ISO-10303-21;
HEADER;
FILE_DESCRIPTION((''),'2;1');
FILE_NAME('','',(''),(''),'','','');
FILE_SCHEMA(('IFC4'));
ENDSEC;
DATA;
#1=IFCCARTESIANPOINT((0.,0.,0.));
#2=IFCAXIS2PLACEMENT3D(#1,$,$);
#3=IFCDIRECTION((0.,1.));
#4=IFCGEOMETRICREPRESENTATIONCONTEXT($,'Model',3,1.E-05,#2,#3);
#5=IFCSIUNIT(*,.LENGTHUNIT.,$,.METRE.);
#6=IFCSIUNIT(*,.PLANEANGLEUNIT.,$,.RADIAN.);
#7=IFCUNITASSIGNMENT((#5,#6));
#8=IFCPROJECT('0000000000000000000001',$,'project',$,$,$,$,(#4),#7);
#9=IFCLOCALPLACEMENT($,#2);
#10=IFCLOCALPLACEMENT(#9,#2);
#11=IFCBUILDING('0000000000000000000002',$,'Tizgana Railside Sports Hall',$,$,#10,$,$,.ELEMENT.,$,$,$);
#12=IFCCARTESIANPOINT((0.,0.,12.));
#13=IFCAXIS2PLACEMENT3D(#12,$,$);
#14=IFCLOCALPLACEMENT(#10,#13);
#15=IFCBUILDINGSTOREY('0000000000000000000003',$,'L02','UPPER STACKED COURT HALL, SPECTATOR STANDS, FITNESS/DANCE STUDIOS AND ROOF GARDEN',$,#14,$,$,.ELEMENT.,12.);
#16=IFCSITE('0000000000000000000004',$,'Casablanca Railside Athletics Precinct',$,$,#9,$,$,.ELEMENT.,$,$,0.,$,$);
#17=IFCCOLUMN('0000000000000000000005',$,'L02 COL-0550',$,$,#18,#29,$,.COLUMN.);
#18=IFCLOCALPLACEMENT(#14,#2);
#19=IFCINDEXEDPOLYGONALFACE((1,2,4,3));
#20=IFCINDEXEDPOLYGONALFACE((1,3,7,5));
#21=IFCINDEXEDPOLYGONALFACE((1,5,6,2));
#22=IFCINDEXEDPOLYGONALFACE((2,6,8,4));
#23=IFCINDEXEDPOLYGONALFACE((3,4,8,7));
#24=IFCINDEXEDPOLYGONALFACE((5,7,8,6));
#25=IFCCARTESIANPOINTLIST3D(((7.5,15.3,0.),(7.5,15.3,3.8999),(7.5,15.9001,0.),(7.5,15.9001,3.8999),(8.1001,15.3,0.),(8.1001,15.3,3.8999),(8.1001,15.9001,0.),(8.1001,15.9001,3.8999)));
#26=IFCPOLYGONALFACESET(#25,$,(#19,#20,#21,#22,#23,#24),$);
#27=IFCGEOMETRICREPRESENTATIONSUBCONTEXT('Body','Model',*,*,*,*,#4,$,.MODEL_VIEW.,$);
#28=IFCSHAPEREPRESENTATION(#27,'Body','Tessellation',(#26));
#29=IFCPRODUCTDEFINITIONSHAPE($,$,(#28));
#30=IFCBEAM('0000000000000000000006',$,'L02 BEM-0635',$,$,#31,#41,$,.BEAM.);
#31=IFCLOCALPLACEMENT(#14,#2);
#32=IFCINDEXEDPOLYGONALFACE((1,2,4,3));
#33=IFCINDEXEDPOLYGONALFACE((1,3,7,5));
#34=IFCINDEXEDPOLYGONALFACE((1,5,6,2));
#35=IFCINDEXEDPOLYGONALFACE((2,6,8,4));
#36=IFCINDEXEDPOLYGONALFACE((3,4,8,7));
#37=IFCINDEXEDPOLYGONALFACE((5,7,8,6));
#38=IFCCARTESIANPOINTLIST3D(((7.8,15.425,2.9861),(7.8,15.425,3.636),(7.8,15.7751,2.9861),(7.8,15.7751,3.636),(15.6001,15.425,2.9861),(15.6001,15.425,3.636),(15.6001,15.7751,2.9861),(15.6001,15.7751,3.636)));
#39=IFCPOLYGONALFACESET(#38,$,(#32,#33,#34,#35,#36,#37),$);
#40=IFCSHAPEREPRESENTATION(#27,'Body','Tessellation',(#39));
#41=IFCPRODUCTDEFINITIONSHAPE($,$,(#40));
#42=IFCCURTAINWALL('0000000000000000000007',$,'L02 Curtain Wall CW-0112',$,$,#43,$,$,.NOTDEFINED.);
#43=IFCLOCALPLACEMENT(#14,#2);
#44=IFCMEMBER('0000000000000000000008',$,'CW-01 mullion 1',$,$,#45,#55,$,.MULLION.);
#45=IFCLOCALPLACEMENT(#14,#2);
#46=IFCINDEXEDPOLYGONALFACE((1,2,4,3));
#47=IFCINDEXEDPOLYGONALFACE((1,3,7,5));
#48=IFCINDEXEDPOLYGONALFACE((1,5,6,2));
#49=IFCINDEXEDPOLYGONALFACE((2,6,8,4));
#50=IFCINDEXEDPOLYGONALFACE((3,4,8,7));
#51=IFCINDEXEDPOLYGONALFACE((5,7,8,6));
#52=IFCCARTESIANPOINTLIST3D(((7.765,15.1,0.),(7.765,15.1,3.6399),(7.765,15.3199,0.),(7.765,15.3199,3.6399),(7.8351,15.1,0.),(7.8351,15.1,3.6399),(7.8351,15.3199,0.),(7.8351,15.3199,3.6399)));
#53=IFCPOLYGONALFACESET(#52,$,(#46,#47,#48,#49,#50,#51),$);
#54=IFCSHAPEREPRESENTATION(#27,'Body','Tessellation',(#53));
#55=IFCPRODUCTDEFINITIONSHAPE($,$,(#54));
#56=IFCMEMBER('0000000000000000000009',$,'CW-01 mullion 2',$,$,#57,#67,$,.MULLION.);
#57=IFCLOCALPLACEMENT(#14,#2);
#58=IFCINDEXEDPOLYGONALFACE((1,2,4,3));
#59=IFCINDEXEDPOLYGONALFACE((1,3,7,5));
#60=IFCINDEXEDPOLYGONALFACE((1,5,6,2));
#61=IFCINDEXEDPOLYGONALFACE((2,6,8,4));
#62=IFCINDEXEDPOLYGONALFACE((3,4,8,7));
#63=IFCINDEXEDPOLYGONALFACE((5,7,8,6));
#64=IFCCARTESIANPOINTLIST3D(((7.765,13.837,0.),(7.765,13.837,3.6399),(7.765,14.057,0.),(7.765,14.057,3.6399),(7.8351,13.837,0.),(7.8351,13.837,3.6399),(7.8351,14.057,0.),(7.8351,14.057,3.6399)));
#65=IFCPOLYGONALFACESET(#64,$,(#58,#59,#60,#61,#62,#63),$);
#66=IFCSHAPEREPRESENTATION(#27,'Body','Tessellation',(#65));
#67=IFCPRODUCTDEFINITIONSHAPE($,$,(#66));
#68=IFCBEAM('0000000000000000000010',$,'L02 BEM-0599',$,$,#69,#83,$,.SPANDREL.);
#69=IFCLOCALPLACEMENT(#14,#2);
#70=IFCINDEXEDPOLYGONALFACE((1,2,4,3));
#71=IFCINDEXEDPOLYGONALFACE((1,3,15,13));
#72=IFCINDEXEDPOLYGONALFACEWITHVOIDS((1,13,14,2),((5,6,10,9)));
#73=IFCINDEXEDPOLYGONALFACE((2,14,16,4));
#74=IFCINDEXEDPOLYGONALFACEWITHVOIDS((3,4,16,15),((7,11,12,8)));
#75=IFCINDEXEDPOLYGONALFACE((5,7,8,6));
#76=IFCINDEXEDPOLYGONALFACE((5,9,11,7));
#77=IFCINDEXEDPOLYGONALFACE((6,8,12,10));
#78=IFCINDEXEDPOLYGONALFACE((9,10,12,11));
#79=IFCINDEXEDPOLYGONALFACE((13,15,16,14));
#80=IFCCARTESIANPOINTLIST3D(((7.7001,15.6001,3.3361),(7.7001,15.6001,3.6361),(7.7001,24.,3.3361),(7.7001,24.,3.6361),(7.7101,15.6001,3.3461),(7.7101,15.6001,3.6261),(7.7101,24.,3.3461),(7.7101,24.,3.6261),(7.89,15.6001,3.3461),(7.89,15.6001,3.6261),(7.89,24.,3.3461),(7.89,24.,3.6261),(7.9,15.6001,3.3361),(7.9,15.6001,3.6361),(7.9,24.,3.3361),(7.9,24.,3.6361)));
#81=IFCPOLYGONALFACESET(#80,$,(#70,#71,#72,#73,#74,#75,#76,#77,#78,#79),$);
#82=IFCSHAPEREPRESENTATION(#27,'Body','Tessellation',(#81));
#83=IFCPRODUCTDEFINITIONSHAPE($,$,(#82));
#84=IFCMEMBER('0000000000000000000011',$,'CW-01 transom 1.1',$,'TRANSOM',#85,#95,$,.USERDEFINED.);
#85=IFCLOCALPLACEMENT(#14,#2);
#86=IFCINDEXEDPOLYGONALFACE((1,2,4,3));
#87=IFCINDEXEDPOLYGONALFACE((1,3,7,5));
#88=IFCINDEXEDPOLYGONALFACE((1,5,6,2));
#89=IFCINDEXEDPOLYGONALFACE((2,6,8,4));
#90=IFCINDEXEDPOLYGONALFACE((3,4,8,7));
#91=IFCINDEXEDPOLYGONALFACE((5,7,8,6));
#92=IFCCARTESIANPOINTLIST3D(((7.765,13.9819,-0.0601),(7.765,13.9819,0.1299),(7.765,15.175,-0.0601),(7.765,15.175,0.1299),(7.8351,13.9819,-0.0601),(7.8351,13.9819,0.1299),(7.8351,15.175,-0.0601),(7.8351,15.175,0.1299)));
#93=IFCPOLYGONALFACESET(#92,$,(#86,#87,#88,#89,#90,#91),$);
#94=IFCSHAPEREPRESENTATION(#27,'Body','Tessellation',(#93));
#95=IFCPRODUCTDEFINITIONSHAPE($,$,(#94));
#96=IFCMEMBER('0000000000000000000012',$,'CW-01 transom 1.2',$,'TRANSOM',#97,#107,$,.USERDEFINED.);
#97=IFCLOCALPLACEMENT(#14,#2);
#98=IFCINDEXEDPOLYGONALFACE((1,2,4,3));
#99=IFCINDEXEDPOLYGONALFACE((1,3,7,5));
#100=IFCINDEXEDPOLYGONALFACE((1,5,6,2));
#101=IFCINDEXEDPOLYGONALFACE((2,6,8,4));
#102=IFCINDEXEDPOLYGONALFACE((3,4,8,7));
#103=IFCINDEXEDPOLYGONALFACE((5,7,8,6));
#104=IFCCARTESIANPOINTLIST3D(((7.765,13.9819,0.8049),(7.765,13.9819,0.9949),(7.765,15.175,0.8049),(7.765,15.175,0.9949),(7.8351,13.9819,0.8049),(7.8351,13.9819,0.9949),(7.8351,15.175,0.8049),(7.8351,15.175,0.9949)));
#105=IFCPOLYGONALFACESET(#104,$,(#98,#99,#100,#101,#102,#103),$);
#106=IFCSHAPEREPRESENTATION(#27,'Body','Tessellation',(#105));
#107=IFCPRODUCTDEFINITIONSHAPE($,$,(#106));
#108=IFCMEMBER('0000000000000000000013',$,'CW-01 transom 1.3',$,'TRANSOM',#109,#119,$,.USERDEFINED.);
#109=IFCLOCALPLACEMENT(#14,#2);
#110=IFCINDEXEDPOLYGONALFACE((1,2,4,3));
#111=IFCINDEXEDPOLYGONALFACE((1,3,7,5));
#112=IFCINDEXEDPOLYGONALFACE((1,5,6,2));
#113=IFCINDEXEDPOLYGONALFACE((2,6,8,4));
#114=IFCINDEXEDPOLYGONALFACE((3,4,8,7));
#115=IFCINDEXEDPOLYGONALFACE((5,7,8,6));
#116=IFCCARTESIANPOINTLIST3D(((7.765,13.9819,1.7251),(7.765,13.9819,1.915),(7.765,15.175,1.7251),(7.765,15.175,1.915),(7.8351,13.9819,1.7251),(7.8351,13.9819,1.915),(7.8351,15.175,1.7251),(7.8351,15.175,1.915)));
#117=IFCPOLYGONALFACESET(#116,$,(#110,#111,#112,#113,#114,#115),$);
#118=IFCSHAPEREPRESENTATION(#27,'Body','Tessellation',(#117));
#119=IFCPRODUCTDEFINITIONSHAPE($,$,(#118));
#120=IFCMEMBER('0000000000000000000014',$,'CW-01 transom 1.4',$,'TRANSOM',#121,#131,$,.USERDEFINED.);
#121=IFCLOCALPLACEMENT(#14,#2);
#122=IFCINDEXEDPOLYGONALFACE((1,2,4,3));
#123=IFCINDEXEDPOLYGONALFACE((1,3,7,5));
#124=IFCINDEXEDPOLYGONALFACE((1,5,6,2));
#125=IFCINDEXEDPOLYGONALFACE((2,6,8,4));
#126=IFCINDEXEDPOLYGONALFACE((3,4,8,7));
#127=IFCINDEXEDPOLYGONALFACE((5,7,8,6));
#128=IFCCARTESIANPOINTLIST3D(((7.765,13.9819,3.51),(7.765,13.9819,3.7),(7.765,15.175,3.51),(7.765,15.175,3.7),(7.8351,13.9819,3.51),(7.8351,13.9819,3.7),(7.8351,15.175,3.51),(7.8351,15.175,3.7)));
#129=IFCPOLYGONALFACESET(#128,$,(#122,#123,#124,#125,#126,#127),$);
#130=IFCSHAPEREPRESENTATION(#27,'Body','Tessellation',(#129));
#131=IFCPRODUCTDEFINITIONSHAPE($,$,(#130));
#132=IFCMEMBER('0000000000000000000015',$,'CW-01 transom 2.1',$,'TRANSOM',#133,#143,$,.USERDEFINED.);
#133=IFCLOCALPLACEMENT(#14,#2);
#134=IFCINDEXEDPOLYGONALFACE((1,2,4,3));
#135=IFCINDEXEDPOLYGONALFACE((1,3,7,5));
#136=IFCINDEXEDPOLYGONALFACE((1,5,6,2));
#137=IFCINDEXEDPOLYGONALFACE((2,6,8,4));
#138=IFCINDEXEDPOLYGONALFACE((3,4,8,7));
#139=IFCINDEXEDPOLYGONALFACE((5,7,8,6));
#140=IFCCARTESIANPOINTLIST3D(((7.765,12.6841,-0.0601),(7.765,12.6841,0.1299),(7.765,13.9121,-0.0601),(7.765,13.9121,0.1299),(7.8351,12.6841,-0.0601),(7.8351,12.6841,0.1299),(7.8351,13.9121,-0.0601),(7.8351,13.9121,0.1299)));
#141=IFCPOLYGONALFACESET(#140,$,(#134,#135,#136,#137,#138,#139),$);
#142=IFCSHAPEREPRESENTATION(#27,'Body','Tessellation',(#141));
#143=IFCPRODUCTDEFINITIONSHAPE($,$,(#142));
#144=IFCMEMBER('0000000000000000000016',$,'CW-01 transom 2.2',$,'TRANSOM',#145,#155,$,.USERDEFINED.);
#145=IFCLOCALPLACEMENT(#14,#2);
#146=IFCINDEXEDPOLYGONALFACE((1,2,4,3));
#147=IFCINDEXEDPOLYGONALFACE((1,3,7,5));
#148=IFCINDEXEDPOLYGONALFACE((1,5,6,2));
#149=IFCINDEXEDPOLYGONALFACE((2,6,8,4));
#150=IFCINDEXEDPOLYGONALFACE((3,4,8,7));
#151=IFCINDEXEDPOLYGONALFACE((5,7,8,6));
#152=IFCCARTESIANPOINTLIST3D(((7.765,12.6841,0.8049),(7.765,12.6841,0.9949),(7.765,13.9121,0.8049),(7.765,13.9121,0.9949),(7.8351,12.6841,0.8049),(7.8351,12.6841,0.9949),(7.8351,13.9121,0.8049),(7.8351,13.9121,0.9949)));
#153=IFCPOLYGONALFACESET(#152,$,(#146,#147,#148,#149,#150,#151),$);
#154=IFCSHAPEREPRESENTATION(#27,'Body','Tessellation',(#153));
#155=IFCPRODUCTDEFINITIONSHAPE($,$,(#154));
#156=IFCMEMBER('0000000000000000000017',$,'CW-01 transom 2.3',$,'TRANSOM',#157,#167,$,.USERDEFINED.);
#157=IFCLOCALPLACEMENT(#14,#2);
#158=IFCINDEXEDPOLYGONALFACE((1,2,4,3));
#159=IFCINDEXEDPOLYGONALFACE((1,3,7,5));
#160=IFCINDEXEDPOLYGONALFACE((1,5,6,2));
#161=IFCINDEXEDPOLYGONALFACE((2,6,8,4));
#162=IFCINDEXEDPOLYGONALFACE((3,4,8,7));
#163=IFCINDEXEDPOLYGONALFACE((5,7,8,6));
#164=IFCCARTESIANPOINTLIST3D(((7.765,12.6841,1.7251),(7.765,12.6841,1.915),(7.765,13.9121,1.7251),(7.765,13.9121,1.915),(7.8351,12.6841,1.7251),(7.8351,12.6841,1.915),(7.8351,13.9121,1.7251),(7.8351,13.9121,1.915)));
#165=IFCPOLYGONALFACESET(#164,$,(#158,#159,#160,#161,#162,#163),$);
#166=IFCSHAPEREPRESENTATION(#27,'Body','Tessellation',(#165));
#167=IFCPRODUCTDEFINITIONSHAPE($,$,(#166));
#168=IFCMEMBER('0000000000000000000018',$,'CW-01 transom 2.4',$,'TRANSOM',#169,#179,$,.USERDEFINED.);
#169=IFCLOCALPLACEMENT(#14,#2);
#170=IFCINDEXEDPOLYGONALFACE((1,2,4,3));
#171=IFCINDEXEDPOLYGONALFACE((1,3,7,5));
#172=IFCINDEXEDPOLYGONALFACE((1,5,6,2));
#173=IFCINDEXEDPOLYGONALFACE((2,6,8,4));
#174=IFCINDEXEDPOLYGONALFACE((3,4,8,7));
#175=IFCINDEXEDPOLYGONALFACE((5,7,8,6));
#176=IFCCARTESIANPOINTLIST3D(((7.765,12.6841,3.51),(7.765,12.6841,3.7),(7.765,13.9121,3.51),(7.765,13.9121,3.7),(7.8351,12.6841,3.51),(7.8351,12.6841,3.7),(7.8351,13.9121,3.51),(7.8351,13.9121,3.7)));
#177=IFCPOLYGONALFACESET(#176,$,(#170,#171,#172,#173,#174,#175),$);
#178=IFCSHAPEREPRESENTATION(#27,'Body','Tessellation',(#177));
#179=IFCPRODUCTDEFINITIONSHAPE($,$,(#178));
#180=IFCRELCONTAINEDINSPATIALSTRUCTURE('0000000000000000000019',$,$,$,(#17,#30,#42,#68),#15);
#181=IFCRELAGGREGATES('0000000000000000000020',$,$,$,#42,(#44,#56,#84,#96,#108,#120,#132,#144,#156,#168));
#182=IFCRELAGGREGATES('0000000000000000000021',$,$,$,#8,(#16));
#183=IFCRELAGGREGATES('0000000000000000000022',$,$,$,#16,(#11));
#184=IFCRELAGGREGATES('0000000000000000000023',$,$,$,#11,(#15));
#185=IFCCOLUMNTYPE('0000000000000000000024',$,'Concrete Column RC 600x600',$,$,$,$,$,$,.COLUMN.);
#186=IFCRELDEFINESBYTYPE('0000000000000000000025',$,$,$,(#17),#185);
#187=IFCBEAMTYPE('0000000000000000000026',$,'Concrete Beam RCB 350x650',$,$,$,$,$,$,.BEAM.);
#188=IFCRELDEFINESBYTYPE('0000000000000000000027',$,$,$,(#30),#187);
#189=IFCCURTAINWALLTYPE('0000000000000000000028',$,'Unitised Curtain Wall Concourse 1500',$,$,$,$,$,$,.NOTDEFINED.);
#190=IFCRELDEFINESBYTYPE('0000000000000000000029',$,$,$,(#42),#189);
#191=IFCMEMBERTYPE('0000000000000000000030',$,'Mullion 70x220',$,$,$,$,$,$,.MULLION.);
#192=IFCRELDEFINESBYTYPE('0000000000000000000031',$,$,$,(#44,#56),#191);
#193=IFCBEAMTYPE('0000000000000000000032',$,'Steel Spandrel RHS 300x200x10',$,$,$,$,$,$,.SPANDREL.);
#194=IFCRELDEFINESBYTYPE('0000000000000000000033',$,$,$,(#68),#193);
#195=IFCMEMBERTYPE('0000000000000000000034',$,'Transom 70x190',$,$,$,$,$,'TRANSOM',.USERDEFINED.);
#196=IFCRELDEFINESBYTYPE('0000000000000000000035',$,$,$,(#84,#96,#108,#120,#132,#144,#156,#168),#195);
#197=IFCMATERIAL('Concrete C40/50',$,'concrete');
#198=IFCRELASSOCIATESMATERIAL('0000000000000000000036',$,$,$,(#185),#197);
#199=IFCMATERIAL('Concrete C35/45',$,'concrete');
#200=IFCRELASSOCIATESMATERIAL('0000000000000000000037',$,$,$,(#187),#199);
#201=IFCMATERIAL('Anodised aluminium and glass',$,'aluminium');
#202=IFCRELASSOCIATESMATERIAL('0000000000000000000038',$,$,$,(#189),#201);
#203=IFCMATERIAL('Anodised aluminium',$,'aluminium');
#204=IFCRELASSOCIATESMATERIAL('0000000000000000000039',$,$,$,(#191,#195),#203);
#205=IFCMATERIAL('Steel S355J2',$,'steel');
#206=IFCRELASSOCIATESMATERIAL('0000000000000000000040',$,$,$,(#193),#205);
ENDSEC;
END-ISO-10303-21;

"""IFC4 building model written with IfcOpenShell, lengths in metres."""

from ifc_helpers import new_model, si_unit, direction, frame, origin, origin_2d, place, context, subcontext, project, spatial, rectangle, hollow_rectangle, extrude, material, material_profile, profile_set, type_object, element, aggregate, save


model = new_model("IFC4")

# Units and contexts
model_context = context("Model", 3, precision=1e-05, world=origin(), true_north=direction((0.0, 1.0)))
body_context = subcontext(model_context, "Body", "Model", "MODEL_VIEW")
ifc_project = project(units=[si_unit("LENGTHUNIT", "METRE"), si_unit("PLANEANGLEUNIT", "RADIAN")], contexts=[model_context])

# Site, building, storey
site_placement = place(None, origin())
site = spatial("IfcSite", under=ifc_project, at=site_placement, Name="Casablanca Railside Athletics Precinct", CompositionType="ELEMENT", RefElevation=0.0)
building_placement = place(site_placement, origin())
building = spatial("IfcBuilding", under=site, at=building_placement, Name="Tizgana Railside Sports Hall", CompositionType="ELEMENT")
storey_placement = place(building_placement, frame((0.0, 0.0, 12.0)))
storey = spatial("IfcBuildingStorey", under=building, at=storey_placement, Name="L02", Description="UPPER STACKED COURT HALL, SPECTATOR STANDS, FITNESS/DANCE STUDIOS AND ROOF GARDEN", CompositionType="ELEMENT", Elevation=12.0)

# Column
ifc_material_1 = material(Name="Concrete C40/50", Category="concrete")
ifc_material_profile_1 = material_profile(ifc_material_1, rectangle(XDim=0.6001, YDim=0.6001, at=origin_2d()), Name="RC 600x600")
ifc_profile_set_1 = profile_set([ifc_material_profile_1], Name="Concrete C40/50")
column_type = type_object("IfcColumnType", Name="Concrete Column RC 600x600", PredefinedType="COLUMN", material=ifc_profile_set_1)
column_placement = place(storey_placement, frame((7.8, 15.6001, 0.0), z_axis=(0.0, 0.0, 1.0), x_axis=(1.0, 0.0, 0.0)))
element("IfcColumn", 1, at=column_placement, inside=storey, type_object=column_type, Name="L02 COL-0550", PredefinedType="COLUMN", context=body_context, shape_type="SweptSolid", body=[
    extrude(rectangle(XDim=0.6001, YDim=0.6001, at=origin_2d()), origin(), (0.0, 0.0, 1.0), 3.8999),
])

# Beam
ifc_material_2 = material(Name="Concrete C35/45", Category="concrete")
ifc_material_profile_2 = material_profile(ifc_material_2, rectangle(XDim=0.3501, YDim=0.6499, at=origin_2d()), Name="RCB 350x650")
ifc_profile_set_2 = profile_set([ifc_material_profile_2], Name="Concrete C35/45")
beam_type_1 = type_object("IfcBeamType", Name="Concrete Beam RCB 350x650", PredefinedType="BEAM", material=ifc_profile_set_2)
beam_1_placement = place(storey_placement, frame((7.8, 15.6001, 3.311), z_axis=(1.0, 0.0, 0.0), x_axis=(0.0, 1.0, 0.0)))
element("IfcBeam", 2, at=beam_1_placement, inside=storey, type_object=beam_type_1, Name="L02 BEM-0635", PredefinedType="BEAM", context=body_context, shape_type="SweptSolid", body=[
    extrude(rectangle(XDim=0.3501, YDim=0.6499, at=origin_2d()), origin(), (0.0, 0.0, 1.0), 7.8),
])

# Curtain wall, members
ifc_material_3 = material(Name="Anodised aluminium and glass", Category="aluminium")
curtain_wall_type = type_object("IfcCurtainWallType", Name="Unitised Curtain Wall Concourse 1500", PredefinedType="NOTDEFINED", material=ifc_material_3)
curtain_wall_placement = place(storey_placement, origin())
curtain_wall = element("IfcCurtainWall", 3, at=curtain_wall_placement, inside=storey, type_object=curtain_wall_type, Name="L02 Curtain Wall CW-0112", PredefinedType="NOTDEFINED")
ifc_material_4 = material(Name="Anodised aluminium", Category="aluminium")
ifc_material_profile_3 = material_profile(ifc_material_4, rectangle(XDim=0.0701, YDim=0.22, at=origin_2d()), Name="Mullion 70x220")
ifc_profile_set_3 = profile_set([ifc_material_profile_3], Name="Anodised aluminium")
member_type_1 = type_object("IfcMemberType", Name="Mullion 70x220", PredefinedType="MULLION", material=ifc_profile_set_3)
member_1_placement = place(storey_placement, frame((7.8, 15.21, 0.0), z_axis=(0.0, 0.0, 1.0), x_axis=(1.0, 0.0, 0.0)))
member_1 = element("IfcMember", 4, at=member_1_placement, type_object=member_type_1, Name="CW-01 mullion 1", PredefinedType="MULLION", context=body_context, shape_type="SweptSolid", body=[
    extrude(rectangle(XDim=0.0701, YDim=0.22, at=origin_2d()), origin(), (0.0, 0.0, 1.0), 3.6399),
])
member_2_placement = place(storey_placement, frame((7.8, 13.947, 0.0), z_axis=(0.0, 0.0, 1.0), x_axis=(1.0, 0.0, 0.0)))
member_2 = element("IfcMember", 5, at=member_2_placement, type_object=member_type_1, Name="CW-01 mullion 2", PredefinedType="MULLION", context=body_context, shape_type="SweptSolid", body=[
    extrude(rectangle(XDim=0.0701, YDim=0.22, at=origin_2d()), origin(), (0.0, 0.0, 1.0), 3.6399),
])

# Beam
ifc_material_5 = material(Name="Steel S355J2", Category="steel")
ifc_material_profile_4 = material_profile(ifc_material_5, hollow_rectangle(XDim=0.2, YDim=0.3, WallThickness=0.01, at=origin_2d()), Name="RHS 300x200x10")
ifc_profile_set_4 = profile_set([ifc_material_profile_4], Name="Steel S355J2")
beam_type_2 = type_object("IfcBeamType", Name="Steel Spandrel RHS 300x200x10", PredefinedType="SPANDREL", material=ifc_profile_set_4)
beam_2_placement = place(storey_placement, frame((7.8, 15.6001, 3.4861), z_axis=(0.0, 1.0, 0.0), x_axis=(-1.0, 0.0, 0.0)))
element("IfcBeam", 6, at=beam_2_placement, inside=storey, type_object=beam_type_2, Name="L02 BEM-0599", PredefinedType="SPANDREL", context=body_context, shape_type="SweptSolid", body=[
    extrude(hollow_rectangle(XDim=0.2, YDim=0.3, WallThickness=0.01, at=origin_2d()), origin(), (0.0, 0.0, 1.0), 8.3999),
])

# Members
ifc_material_profile_5 = material_profile(ifc_material_4, rectangle(XDim=0.0701, YDim=0.1899, at=origin_2d()), Name="Transom 70x190")
ifc_profile_set_5 = profile_set([ifc_material_profile_5], Name="Anodised aluminium")
member_type_2 = type_object("IfcMemberType", Name="Transom 70x190", ElementType="TRANSOM", PredefinedType="USERDEFINED", material=ifc_profile_set_5)
member_3_placement = place(storey_placement, frame((7.8, 15.175, 0.0349), z_axis=(0.0, -1.0, 0.0), x_axis=(1.0, 0.0, 0.0)))
member_3 = element("IfcMember", 7, at=member_3_placement, type_object=member_type_2, Name="CW-01 transom 1.1", ObjectType="TRANSOM", PredefinedType="USERDEFINED", context=body_context, shape_type="SweptSolid", body=[
    extrude(rectangle(XDim=0.0701, YDim=0.1899, at=origin_2d()), origin(), (0.0, 0.0, 1.0), 1.1931),
])
member_4_placement = place(storey_placement, frame((7.8, 15.175, 0.8999), z_axis=(0.0, -1.0, 0.0), x_axis=(1.0, 0.0, 0.0)))
member_4 = element("IfcMember", 8, at=member_4_placement, type_object=member_type_2, Name="CW-01 transom 1.2", ObjectType="TRANSOM", PredefinedType="USERDEFINED", context=body_context, shape_type="SweptSolid", body=[
    extrude(rectangle(XDim=0.0701, YDim=0.1899, at=origin_2d()), origin(), (0.0, 0.0, 1.0), 1.1931),
])
member_5_placement = place(storey_placement, frame((7.8, 15.175, 1.8201), z_axis=(0.0, -1.0, 0.0), x_axis=(1.0, 0.0, 0.0)))
member_5 = element("IfcMember", 9, at=member_5_placement, type_object=member_type_2, Name="CW-01 transom 1.3", ObjectType="TRANSOM", PredefinedType="USERDEFINED", context=body_context, shape_type="SweptSolid", body=[
    extrude(rectangle(XDim=0.0701, YDim=0.1899, at=origin_2d()), origin(), (0.0, 0.0, 1.0), 1.1931),
])
member_6_placement = place(storey_placement, frame((7.8, 15.175, 3.605), z_axis=(0.0, -1.0, 0.0), x_axis=(1.0, 0.0, 0.0)))
member_6 = element("IfcMember", 10, at=member_6_placement, type_object=member_type_2, Name="CW-01 transom 1.4", ObjectType="TRANSOM", PredefinedType="USERDEFINED", context=body_context, shape_type="SweptSolid", body=[
    extrude(rectangle(XDim=0.0701, YDim=0.1899, at=origin_2d()), origin(), (0.0, 0.0, 1.0), 1.1931),
])
member_7_placement = place(storey_placement, frame((7.8, 13.9121, 0.0349), z_axis=(0.0, -1.0, 0.0), x_axis=(1.0, 0.0, 0.0)))
member_7 = element("IfcMember", 11, at=member_7_placement, type_object=member_type_2, Name="CW-01 transom 2.1", ObjectType="TRANSOM", PredefinedType="USERDEFINED", context=body_context, shape_type="SweptSolid", body=[
    extrude(rectangle(XDim=0.0701, YDim=0.1899, at=origin_2d()), origin(), (0.0, 0.0, 1.0), 1.228),
])
member_8_placement = place(storey_placement, frame((7.8, 13.9121, 0.8999), z_axis=(0.0, -1.0, 0.0), x_axis=(1.0, 0.0, 0.0)))
member_8 = element("IfcMember", 12, at=member_8_placement, type_object=member_type_2, Name="CW-01 transom 2.2", ObjectType="TRANSOM", PredefinedType="USERDEFINED", context=body_context, shape_type="SweptSolid", body=[
    extrude(rectangle(XDim=0.0701, YDim=0.1899, at=origin_2d()), origin(), (0.0, 0.0, 1.0), 1.228),
])
member_9_placement = place(storey_placement, frame((7.8, 13.9121, 1.8201), z_axis=(0.0, -1.0, 0.0), x_axis=(1.0, 0.0, 0.0)))
member_9 = element("IfcMember", 13, at=member_9_placement, type_object=member_type_2, Name="CW-01 transom 2.3", ObjectType="TRANSOM", PredefinedType="USERDEFINED", context=body_context, shape_type="SweptSolid", body=[
    extrude(rectangle(XDim=0.0701, YDim=0.1899, at=origin_2d()), origin(), (0.0, 0.0, 1.0), 1.228),
])
member_10_placement = place(storey_placement, frame((7.8, 13.9121, 3.605), z_axis=(0.0, -1.0, 0.0), x_axis=(1.0, 0.0, 0.0)))
member_10 = element("IfcMember", 14, at=member_10_placement, type_object=member_type_2, Name="CW-01 transom 2.4", ObjectType="TRANSOM", PredefinedType="USERDEFINED", context=body_context, shape_type="SweptSolid", body=[
    extrude(rectangle(XDim=0.0701, YDim=0.1899, at=origin_2d()), origin(), (0.0, 0.0, 1.0), 1.228),
])

aggregate(curtain_wall, [member_1, member_2, member_3, member_4, member_5, member_6, member_7, member_8, member_9, member_10])

save(model, "model.ifc")
